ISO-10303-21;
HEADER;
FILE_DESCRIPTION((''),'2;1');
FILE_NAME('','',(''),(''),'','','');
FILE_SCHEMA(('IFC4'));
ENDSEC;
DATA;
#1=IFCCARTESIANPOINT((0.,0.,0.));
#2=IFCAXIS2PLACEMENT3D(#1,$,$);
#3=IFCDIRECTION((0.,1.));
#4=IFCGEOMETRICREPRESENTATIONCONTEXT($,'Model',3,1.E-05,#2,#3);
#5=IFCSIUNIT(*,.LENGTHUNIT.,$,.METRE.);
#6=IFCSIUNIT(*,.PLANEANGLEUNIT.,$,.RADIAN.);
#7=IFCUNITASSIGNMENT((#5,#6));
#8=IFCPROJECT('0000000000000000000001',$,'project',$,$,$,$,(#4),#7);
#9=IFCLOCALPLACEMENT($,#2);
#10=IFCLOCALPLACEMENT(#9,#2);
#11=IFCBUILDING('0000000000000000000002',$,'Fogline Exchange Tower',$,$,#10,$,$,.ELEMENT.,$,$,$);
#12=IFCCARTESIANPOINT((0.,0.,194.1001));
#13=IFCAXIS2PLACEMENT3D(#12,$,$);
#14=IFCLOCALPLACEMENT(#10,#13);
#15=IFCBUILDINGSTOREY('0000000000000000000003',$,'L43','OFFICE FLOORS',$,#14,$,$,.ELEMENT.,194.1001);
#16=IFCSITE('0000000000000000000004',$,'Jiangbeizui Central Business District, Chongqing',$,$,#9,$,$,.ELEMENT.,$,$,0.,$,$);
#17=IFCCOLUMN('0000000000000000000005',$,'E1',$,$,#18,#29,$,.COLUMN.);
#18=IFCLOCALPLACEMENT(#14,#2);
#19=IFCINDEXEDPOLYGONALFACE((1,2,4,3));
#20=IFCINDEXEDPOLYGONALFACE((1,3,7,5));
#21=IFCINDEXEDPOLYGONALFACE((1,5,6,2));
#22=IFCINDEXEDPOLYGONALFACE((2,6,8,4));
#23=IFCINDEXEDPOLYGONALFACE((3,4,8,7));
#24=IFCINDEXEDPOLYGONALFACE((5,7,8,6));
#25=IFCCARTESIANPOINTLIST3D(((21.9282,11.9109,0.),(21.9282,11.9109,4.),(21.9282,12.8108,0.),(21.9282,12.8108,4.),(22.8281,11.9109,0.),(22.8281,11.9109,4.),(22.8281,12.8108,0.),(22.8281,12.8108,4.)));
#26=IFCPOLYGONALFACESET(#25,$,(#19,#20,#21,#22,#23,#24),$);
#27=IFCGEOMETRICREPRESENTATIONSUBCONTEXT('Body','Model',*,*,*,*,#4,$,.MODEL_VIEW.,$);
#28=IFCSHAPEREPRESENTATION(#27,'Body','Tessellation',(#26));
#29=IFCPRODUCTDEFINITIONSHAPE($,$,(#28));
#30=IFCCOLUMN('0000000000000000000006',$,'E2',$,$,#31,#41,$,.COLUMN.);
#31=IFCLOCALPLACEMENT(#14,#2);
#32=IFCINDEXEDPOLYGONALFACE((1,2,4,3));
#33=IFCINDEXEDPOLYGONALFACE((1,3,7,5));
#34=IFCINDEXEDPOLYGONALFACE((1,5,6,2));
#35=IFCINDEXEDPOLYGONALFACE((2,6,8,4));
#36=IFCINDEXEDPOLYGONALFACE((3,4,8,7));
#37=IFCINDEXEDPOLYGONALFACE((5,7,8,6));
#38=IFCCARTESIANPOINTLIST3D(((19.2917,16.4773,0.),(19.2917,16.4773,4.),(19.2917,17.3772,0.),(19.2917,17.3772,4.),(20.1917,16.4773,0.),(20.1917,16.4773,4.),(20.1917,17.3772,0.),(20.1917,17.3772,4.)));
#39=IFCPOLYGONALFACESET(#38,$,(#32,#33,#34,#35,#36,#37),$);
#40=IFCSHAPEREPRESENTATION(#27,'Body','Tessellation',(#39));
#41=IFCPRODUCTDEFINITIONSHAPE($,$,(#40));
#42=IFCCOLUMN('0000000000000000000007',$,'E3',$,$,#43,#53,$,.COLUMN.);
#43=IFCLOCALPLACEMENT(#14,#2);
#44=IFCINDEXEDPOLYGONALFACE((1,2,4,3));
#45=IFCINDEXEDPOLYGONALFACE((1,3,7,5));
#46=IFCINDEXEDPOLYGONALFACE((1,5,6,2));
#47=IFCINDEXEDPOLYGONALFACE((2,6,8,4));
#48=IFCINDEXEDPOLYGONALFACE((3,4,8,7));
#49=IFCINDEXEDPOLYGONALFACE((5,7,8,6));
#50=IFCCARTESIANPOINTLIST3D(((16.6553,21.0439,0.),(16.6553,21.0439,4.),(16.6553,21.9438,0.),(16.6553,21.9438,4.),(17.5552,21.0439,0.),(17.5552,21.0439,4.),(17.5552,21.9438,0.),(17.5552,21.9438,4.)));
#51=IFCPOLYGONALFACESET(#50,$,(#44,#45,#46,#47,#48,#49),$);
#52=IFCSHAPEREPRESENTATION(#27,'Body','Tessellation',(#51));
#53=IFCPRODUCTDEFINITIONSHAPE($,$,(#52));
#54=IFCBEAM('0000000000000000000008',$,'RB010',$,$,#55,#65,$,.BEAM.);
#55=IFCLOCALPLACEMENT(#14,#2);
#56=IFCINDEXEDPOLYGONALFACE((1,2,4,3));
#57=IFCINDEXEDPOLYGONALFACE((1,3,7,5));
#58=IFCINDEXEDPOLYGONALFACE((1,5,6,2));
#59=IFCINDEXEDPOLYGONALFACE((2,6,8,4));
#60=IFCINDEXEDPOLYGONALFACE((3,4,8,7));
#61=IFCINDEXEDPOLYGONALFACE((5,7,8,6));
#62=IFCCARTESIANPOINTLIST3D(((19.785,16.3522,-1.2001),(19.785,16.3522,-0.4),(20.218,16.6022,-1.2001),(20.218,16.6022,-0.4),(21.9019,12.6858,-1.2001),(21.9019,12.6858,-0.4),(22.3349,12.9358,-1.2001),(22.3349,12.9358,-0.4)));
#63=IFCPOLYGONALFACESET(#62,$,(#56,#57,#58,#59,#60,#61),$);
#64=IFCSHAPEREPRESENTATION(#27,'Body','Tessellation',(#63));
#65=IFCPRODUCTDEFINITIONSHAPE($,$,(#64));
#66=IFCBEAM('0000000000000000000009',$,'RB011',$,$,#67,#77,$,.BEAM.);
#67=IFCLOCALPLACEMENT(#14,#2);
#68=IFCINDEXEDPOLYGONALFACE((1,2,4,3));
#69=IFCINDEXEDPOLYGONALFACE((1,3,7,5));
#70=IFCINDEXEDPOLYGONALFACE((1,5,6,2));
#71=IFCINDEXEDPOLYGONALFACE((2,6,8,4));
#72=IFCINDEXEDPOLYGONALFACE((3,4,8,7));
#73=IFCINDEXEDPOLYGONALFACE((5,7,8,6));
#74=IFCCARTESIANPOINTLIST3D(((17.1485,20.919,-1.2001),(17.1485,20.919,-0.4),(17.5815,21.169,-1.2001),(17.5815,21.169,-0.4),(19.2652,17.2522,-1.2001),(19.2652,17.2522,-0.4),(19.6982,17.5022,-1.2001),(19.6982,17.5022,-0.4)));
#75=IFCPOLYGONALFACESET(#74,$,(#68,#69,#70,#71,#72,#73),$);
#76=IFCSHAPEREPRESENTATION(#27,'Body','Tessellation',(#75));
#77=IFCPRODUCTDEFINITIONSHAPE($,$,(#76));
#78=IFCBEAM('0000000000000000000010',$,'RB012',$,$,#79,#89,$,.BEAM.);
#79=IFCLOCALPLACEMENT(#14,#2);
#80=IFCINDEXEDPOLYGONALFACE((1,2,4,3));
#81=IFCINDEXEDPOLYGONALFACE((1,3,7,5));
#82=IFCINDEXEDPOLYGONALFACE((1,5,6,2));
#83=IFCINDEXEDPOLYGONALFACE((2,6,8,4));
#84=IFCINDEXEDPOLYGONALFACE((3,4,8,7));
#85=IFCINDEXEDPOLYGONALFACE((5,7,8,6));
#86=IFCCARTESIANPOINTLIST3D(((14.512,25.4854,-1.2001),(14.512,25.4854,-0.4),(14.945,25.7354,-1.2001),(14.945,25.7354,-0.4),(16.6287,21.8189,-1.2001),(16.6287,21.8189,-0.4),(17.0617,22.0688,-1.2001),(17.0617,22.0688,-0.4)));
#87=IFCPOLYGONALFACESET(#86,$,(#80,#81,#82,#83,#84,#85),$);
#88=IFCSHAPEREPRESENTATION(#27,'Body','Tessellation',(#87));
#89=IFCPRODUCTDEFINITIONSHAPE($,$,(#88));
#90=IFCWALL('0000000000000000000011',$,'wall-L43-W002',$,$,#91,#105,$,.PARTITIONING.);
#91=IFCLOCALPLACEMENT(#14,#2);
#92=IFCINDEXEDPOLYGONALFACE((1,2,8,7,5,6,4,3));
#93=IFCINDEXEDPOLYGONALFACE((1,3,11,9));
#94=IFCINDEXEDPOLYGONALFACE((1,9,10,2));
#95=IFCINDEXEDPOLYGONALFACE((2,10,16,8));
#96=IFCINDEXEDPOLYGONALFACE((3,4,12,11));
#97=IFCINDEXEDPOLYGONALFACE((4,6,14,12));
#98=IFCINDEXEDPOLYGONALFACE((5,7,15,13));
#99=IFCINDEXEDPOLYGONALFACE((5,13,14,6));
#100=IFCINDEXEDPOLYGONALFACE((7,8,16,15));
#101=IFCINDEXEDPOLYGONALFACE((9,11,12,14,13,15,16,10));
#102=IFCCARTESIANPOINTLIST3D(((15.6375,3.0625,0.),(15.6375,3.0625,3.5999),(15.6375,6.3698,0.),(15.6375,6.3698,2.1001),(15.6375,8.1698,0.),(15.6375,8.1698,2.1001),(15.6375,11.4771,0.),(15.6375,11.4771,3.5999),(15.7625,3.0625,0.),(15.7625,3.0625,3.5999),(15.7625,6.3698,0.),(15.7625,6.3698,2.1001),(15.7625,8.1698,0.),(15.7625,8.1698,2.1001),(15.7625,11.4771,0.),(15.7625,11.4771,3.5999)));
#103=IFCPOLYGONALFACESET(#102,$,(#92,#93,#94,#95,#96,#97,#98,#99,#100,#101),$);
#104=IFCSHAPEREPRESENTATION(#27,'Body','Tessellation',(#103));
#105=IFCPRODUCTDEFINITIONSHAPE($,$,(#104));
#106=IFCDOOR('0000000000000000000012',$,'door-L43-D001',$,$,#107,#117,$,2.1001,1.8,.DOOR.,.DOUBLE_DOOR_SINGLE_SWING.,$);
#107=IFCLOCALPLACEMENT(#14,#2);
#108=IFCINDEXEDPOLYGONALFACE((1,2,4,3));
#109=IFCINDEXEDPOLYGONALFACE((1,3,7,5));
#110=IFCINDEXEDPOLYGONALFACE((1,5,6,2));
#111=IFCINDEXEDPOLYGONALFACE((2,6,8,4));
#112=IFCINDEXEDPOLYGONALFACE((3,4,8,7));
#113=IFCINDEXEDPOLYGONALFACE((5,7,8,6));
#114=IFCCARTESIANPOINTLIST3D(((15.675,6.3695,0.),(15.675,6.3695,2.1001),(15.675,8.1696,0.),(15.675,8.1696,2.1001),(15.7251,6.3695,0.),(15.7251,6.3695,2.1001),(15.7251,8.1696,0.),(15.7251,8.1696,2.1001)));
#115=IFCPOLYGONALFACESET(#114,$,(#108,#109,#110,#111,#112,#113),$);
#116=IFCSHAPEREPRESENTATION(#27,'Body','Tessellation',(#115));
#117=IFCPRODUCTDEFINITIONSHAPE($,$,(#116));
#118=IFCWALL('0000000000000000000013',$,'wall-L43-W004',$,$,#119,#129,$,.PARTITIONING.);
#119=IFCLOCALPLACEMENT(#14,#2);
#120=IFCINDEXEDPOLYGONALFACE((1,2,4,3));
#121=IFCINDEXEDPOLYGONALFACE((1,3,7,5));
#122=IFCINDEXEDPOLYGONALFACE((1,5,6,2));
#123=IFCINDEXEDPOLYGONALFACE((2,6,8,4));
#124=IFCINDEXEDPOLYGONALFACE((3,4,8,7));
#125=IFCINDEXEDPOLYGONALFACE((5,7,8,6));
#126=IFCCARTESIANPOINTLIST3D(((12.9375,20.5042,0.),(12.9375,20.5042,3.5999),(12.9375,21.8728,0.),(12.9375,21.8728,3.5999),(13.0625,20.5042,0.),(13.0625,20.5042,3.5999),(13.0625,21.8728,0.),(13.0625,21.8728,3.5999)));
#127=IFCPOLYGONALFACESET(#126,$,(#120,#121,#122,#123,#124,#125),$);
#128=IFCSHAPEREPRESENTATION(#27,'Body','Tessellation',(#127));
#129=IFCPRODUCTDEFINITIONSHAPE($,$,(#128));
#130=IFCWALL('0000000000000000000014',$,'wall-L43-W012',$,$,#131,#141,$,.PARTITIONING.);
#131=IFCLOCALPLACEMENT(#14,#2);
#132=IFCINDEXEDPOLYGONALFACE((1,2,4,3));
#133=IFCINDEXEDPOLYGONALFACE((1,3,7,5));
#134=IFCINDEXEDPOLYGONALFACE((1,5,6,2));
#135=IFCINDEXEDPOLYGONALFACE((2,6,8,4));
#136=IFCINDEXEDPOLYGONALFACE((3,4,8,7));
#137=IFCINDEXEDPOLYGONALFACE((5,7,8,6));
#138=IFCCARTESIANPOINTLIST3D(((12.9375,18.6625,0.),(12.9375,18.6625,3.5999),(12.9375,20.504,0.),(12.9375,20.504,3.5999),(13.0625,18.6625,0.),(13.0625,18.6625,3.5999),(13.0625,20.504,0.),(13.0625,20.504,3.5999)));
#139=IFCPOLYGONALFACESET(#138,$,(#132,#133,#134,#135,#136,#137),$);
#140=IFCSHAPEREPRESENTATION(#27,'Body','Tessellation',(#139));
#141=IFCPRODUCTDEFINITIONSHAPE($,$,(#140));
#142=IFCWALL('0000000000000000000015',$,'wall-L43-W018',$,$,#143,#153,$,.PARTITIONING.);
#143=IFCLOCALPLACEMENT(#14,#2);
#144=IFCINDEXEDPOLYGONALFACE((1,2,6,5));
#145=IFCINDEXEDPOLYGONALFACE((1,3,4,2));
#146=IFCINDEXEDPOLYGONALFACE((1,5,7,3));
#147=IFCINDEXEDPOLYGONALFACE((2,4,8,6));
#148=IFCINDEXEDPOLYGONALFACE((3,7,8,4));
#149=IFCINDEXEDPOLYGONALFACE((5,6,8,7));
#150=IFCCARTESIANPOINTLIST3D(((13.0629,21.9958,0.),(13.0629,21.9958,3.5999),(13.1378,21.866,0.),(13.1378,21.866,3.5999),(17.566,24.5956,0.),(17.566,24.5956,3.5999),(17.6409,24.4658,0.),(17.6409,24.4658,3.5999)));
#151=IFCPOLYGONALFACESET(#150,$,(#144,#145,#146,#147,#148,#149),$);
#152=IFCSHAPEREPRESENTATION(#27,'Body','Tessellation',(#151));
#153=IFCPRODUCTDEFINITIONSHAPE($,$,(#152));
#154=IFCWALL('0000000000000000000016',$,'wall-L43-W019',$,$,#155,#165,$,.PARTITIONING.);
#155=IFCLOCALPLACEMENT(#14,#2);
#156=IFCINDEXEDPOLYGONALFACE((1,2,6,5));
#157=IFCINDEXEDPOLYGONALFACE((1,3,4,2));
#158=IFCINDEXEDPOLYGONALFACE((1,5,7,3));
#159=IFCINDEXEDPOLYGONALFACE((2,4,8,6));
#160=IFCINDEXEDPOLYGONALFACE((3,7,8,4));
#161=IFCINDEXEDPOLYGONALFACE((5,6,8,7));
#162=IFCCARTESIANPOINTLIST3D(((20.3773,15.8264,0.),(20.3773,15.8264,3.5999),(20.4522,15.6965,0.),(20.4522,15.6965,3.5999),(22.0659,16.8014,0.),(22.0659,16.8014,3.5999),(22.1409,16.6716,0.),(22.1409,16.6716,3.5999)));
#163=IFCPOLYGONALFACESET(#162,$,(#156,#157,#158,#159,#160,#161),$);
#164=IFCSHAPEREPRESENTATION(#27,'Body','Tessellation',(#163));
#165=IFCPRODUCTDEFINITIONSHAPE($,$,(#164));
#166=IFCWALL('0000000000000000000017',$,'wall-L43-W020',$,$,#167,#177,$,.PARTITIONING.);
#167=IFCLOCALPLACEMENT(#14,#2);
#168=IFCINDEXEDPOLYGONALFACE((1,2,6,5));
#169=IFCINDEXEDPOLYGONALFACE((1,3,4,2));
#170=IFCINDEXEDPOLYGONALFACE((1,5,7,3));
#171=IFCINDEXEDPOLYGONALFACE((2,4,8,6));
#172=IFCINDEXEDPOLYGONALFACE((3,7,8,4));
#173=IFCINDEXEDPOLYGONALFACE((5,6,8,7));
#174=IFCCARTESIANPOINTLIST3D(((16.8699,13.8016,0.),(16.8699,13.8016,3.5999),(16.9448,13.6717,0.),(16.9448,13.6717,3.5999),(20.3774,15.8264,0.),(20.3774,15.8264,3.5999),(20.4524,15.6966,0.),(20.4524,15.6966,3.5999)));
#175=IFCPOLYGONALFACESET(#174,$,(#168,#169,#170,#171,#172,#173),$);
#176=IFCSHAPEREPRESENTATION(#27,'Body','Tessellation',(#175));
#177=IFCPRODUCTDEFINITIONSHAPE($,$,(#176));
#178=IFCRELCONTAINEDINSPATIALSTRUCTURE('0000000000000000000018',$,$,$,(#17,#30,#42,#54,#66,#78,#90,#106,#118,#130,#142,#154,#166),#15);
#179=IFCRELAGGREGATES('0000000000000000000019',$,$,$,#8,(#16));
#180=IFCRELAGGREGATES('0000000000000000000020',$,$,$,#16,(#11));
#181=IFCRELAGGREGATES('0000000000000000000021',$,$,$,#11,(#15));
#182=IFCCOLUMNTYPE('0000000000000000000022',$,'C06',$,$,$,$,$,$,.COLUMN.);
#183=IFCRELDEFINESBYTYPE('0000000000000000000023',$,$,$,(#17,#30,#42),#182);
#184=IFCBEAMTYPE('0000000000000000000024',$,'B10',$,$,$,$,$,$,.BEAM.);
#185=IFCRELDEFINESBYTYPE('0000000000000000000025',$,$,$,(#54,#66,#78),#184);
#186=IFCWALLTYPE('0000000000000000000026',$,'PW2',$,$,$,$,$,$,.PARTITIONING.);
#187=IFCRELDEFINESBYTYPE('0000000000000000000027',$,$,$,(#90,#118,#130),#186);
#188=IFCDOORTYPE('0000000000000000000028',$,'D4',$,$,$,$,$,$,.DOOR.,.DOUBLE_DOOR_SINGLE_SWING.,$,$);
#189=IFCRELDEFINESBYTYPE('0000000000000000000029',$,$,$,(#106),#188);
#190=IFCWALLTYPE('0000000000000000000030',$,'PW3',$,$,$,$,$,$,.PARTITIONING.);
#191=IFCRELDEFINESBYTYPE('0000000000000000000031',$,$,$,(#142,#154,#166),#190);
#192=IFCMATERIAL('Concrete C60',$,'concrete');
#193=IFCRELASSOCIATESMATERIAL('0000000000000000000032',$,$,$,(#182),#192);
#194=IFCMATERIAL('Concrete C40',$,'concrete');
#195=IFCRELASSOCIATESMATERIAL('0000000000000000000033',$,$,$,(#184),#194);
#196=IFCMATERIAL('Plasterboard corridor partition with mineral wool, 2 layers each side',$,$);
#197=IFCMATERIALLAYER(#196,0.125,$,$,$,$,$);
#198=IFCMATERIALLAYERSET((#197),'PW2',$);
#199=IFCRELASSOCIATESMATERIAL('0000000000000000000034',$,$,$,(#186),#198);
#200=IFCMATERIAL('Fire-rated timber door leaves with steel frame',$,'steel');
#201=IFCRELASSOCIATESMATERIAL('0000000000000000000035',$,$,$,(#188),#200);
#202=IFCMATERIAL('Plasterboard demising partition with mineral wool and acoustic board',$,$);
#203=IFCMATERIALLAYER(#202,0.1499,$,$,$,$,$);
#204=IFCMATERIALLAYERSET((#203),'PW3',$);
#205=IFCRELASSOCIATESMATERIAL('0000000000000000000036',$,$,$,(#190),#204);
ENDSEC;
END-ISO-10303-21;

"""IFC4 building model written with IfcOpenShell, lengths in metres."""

from ifc_helpers import new_model, si_unit, direction, frame, frame_2d, origin, origin_2d, place, context, subcontext, project, spatial, rectangle, extrude, material, layer, layer_set, material_profile, profile_set, type_object, element, fill, save


model = new_model("IFC4")

# Units and contexts
model_context = context("Model", 3, precision=1e-05, world=origin(), true_north=direction((0.0, 1.0)))
body_context = subcontext(model_context, "Body", "Model", "MODEL_VIEW")
ifc_project = project(units=[si_unit("LENGTHUNIT", "METRE"), si_unit("PLANEANGLEUNIT", "RADIAN")], contexts=[model_context])

# Site, building, storey
site_placement = place(None, origin())
site = spatial("IfcSite", under=ifc_project, at=site_placement, Name="Jiangbeizui Central Business District, Chongqing", CompositionType="ELEMENT", RefElevation=0.0)
building_placement = place(site_placement, origin())
building = spatial("IfcBuilding", under=site, at=building_placement, Name="Fogline Exchange Tower", CompositionType="ELEMENT")
storey_placement = place(building_placement, frame((0.0, 0.0, 194.1001)))
storey = spatial("IfcBuildingStorey", under=building, at=storey_placement, Name="L43", Description="OFFICE FLOORS", CompositionType="ELEMENT", Elevation=194.1001)

# Columns
ifc_material_1 = material(Name="Concrete C60", Category="concrete")
ifc_material_profile_1 = material_profile(ifc_material_1, rectangle(XDim=0.8999, YDim=0.8999, at=origin_2d()), Name="RC 900x900")
ifc_profile_set_1 = profile_set([ifc_material_profile_1], Name="Concrete C60")
column_type = type_object("IfcColumnType", Name="C06", PredefinedType="COLUMN", material=ifc_profile_set_1)
for number, where, z_axis, x_axis, name in (
    (1, (22.3782, 12.3608, 0.0), (0.0, 0.0, 1.0), (1.0, 0.0, 0.0), "E1"),
    (2, (19.7417, 16.9272, 0.0), (0.0, 0.0, 1.0), (1.0, 0.0, 0.0), "E2"),
    (3, (17.1052, 21.4939, 0.0), (0.0, 0.0, 1.0), (1.0, 0.0, 0.0), "E3"),
):
    element("IfcColumn", number, at=place(storey_placement, frame(where, z_axis=z_axis, x_axis=x_axis)), inside=storey, type_object=column_type, Name=name, PredefinedType="COLUMN", context=body_context, shape_type="SweptSolid", body=[
        extrude(rectangle(XDim=0.8999, YDim=0.8999, at=origin_2d()), origin(), (0.0, 0.0, 1.0), 4.0),
    ])

# Beams
ifc_material_2 = material(Name="Concrete C40", Category="concrete")
ifc_material_profile_2 = material_profile(ifc_material_2, rectangle(XDim=0.5, YDim=0.8, at=origin_2d()), Name="RC 500x800")
ifc_profile_set_2 = profile_set([ifc_material_profile_2], Name="Concrete C40")
beam_type = type_object("IfcBeamType", Name="B10", PredefinedType="BEAM", material=ifc_profile_set_2)
beam_1_placement = place(storey_placement, frame((22.1184, 12.8108, -0.8), z_axis=(-0.500015, 0.866017, 0.0), x_axis=(-0.866017, -0.500015, 0.0)))
element("IfcBeam", 4, at=beam_1_placement, inside=storey, type_object=beam_type, Name="RB010", PredefinedType="BEAM", context=body_context, shape_type="SweptSolid", body=[
    extrude(rectangle(XDim=0.5, YDim=0.8, at=origin_2d()), origin(), (0.0, 0.0, 1.0), 4.2336),
])
beam_2_placement = place(storey_placement, frame((19.4817, 17.3772, -0.8), z_axis=(-0.499947, 0.866056, 0.0), x_axis=(-0.866056, -0.499947, 0.0)))
element("IfcBeam", 5, at=beam_2_placement, inside=storey, type_object=beam_type, Name="RB011", PredefinedType="BEAM", context=body_context, shape_type="SweptSolid", body=[
    extrude(rectangle(XDim=0.5, YDim=0.8, at=origin_2d()), origin(), (0.0, 0.0, 1.0), 4.2339),
])
beam_3_placement = place(storey_placement, frame((16.8452, 21.9438, -0.8), z_axis=(-0.499972, 0.866042, 0.0), x_axis=(-0.866042, -0.499972, 0.0)))
element("IfcBeam", 6, at=beam_3_placement, inside=storey, type_object=beam_type, Name="RB012", PredefinedType="BEAM", context=body_context, shape_type="SweptSolid", body=[
    extrude(rectangle(XDim=0.5, YDim=0.8, at=origin_2d()), origin(), (0.0, 0.0, 1.0), 4.2336),
])

# Wall, opening, door
ifc_material_3 = material(Name="Plasterboard corridor partition with mineral wool, 2 layers each side")
ifc_layer_1 = layer(ifc_material_3, 0.125)
ifc_layer_set_1 = layer_set([ifc_layer_1], Name="PW2")
wall_type_1 = type_object("IfcWallType", Name="PW2", PredefinedType="PARTITIONING", material=ifc_layer_set_1)
wall_1_placement = place(storey_placement, frame((15.7, 11.4771, 0.0), z_axis=(0.0, 0.0, 1.0), x_axis=(0.0, -1.0, 0.0)))
wall_1 = element("IfcWall", 7, at=wall_1_placement, inside=storey, type_object=wall_type_1, Name="wall-L43-W002", PredefinedType="PARTITIONING", context=body_context, shape_type="SweptSolid", body=[
    extrude(rectangle(XDim=8.4146, YDim=0.125, at=frame_2d((4.2073, 0.0))), origin(), (0.0, 0.0, 1.0), 3.5999),
])
opening_1_placement = place(wall_1_placement, frame((3.3074, 0.0, 0.0)))
opening_1 = element("IfcOpeningElement", 8, at=opening_1_placement, cuts=wall_1, PredefinedType="OPENING", context=body_context, shape_type="SweptSolid", body=[
    extrude(rectangle(XDim=1.8, YDim=2.1001, at=frame_2d((0.8999, 1.05))), frame((0.0, 0.0725, 0.0), z_axis=(0.0, -1.0, 0.0), x_axis=(1.0, 0.0, 0.0)), (0.0, 0.0, 1.0), 0.145),
])
ifc_material_4 = material(Name="Fire-rated timber door leaves with steel frame", Category="steel")
door_type_1 = type_object("IfcDoorType", Name="D4", OperationType="DOUBLE_DOOR_SINGLE_SWING", PredefinedType="DOOR", material=ifc_material_4)
door_1_placement = place(opening_1_placement, frame((1.8, 0.0, 0.0), z_axis=(0.0, 0.0, 1.0), x_axis=(-1.0, 0.0, 0.0)))
door_1 = element("IfcDoor", 9, at=door_1_placement, inside=storey, type_object=door_type_1, Name="door-L43-D001", OperationType="DOUBLE_DOOR_SINGLE_SWING", OverallHeight=2.1001, OverallWidth=1.8, PredefinedType="DOOR", context=body_context, shape_type="SweptSolid", body=[
    extrude(rectangle(XDim=1.8, YDim=2.1001, at=frame_2d((0.8999, 1.05))), frame((0.0, 0.0249, 0.0), z_axis=(0.0, -1.0, 0.0), x_axis=(1.0, 0.0, 0.0)), (0.0, 0.0, 1.0), 0.05),
])
fill(opening_1, door_1)

# Walls
wall_2_placement = place(storey_placement, frame((13.0, 21.8728, 0.0), z_axis=(0.0, 0.0, 1.0), x_axis=(0.0, -1.0, 0.0)))
element("IfcWall", 10, at=wall_2_placement, inside=storey, type_object=wall_type_1, Name="wall-L43-W004", PredefinedType="PARTITIONING", context=body_context, shape_type="SweptSolid", body=[
    extrude(rectangle(XDim=1.3687, YDim=0.125, at=frame_2d((0.6843, 0.0))), origin(), (0.0, 0.0, 1.0), 3.5999),
])
wall_3_placement = place(storey_placement, frame((13.0, 20.5042, 0.0), z_axis=(0.0, 0.0, 1.0), x_axis=(0.0, -1.0, 0.0)))
element("IfcWall", 11, at=wall_3_placement, inside=storey, type_object=wall_type_1, Name="wall-L43-W012", PredefinedType="PARTITIONING", context=body_context, shape_type="SweptSolid", body=[
    extrude(rectangle(XDim=1.8416, YDim=0.125, at=frame_2d((0.9209, 0.0))), origin(), (0.0, 0.0, 1.0), 3.5999),
])
ifc_material_5 = material(Name="Plasterboard demising partition with mineral wool and acoustic board")
ifc_layer_2 = layer(ifc_material_5, 0.1499)
ifc_layer_set_2 = layer_set([ifc_layer_2], Name="PW3")
wall_type_2 = type_object("IfcWallType", Name="PW3", PredefinedType="PARTITIONING", material=ifc_layer_set_2)
wall_4_placement = place(storey_placement, frame((13.1003, 21.9309, 0.0), z_axis=(0.0, 0.0, 1.0), x_axis=(0.86603, 0.499992, 0.0)))
element("IfcWall", 12, at=wall_4_placement, inside=storey, type_object=wall_type_2, Name="wall-L43-W018", PredefinedType="PARTITIONING", context=body_context, shape_type="SweptSolid", body=[
    extrude(rectangle(XDim=5.1997, YDim=0.1499, at=frame_2d((2.5999, 0.0))), origin(), (0.0, 0.0, 1.0), 3.5999),
])
wall_5_placement = place(storey_placement, frame((22.1035, 16.7366, 0.0), z_axis=(0.0, 0.0, 1.0), x_axis=(-0.866, -0.500044, 0.0)))
element("IfcWall", 13, at=wall_5_placement, inside=storey, type_object=wall_type_2, Name="wall-L43-W019", PredefinedType="PARTITIONING", context=body_context, shape_type="SweptSolid", body=[
    extrude(rectangle(XDim=1.95, YDim=0.1499, at=frame_2d((0.9751, 0.0))), origin(), (0.0, 0.0, 1.0), 3.5999),
])
wall_6_placement = place(storey_placement, frame((20.4148, 15.7615, 0.0), z_axis=(0.0, 0.0, 1.0), x_axis=(-0.866046, -0.499964, 0.0)))
element("IfcWall", 14, at=wall_6_placement, inside=storey, type_object=wall_type_2, Name="wall-L43-W020", PredefinedType="PARTITIONING", context=body_context, shape_type="SweptSolid", body=[
    extrude(rectangle(XDim=4.05, YDim=0.1499, at=frame_2d((2.0249, 0.0))), origin(), (0.0, 0.0, 1.0), 3.5999),
])

save(model, "model.ifc")
